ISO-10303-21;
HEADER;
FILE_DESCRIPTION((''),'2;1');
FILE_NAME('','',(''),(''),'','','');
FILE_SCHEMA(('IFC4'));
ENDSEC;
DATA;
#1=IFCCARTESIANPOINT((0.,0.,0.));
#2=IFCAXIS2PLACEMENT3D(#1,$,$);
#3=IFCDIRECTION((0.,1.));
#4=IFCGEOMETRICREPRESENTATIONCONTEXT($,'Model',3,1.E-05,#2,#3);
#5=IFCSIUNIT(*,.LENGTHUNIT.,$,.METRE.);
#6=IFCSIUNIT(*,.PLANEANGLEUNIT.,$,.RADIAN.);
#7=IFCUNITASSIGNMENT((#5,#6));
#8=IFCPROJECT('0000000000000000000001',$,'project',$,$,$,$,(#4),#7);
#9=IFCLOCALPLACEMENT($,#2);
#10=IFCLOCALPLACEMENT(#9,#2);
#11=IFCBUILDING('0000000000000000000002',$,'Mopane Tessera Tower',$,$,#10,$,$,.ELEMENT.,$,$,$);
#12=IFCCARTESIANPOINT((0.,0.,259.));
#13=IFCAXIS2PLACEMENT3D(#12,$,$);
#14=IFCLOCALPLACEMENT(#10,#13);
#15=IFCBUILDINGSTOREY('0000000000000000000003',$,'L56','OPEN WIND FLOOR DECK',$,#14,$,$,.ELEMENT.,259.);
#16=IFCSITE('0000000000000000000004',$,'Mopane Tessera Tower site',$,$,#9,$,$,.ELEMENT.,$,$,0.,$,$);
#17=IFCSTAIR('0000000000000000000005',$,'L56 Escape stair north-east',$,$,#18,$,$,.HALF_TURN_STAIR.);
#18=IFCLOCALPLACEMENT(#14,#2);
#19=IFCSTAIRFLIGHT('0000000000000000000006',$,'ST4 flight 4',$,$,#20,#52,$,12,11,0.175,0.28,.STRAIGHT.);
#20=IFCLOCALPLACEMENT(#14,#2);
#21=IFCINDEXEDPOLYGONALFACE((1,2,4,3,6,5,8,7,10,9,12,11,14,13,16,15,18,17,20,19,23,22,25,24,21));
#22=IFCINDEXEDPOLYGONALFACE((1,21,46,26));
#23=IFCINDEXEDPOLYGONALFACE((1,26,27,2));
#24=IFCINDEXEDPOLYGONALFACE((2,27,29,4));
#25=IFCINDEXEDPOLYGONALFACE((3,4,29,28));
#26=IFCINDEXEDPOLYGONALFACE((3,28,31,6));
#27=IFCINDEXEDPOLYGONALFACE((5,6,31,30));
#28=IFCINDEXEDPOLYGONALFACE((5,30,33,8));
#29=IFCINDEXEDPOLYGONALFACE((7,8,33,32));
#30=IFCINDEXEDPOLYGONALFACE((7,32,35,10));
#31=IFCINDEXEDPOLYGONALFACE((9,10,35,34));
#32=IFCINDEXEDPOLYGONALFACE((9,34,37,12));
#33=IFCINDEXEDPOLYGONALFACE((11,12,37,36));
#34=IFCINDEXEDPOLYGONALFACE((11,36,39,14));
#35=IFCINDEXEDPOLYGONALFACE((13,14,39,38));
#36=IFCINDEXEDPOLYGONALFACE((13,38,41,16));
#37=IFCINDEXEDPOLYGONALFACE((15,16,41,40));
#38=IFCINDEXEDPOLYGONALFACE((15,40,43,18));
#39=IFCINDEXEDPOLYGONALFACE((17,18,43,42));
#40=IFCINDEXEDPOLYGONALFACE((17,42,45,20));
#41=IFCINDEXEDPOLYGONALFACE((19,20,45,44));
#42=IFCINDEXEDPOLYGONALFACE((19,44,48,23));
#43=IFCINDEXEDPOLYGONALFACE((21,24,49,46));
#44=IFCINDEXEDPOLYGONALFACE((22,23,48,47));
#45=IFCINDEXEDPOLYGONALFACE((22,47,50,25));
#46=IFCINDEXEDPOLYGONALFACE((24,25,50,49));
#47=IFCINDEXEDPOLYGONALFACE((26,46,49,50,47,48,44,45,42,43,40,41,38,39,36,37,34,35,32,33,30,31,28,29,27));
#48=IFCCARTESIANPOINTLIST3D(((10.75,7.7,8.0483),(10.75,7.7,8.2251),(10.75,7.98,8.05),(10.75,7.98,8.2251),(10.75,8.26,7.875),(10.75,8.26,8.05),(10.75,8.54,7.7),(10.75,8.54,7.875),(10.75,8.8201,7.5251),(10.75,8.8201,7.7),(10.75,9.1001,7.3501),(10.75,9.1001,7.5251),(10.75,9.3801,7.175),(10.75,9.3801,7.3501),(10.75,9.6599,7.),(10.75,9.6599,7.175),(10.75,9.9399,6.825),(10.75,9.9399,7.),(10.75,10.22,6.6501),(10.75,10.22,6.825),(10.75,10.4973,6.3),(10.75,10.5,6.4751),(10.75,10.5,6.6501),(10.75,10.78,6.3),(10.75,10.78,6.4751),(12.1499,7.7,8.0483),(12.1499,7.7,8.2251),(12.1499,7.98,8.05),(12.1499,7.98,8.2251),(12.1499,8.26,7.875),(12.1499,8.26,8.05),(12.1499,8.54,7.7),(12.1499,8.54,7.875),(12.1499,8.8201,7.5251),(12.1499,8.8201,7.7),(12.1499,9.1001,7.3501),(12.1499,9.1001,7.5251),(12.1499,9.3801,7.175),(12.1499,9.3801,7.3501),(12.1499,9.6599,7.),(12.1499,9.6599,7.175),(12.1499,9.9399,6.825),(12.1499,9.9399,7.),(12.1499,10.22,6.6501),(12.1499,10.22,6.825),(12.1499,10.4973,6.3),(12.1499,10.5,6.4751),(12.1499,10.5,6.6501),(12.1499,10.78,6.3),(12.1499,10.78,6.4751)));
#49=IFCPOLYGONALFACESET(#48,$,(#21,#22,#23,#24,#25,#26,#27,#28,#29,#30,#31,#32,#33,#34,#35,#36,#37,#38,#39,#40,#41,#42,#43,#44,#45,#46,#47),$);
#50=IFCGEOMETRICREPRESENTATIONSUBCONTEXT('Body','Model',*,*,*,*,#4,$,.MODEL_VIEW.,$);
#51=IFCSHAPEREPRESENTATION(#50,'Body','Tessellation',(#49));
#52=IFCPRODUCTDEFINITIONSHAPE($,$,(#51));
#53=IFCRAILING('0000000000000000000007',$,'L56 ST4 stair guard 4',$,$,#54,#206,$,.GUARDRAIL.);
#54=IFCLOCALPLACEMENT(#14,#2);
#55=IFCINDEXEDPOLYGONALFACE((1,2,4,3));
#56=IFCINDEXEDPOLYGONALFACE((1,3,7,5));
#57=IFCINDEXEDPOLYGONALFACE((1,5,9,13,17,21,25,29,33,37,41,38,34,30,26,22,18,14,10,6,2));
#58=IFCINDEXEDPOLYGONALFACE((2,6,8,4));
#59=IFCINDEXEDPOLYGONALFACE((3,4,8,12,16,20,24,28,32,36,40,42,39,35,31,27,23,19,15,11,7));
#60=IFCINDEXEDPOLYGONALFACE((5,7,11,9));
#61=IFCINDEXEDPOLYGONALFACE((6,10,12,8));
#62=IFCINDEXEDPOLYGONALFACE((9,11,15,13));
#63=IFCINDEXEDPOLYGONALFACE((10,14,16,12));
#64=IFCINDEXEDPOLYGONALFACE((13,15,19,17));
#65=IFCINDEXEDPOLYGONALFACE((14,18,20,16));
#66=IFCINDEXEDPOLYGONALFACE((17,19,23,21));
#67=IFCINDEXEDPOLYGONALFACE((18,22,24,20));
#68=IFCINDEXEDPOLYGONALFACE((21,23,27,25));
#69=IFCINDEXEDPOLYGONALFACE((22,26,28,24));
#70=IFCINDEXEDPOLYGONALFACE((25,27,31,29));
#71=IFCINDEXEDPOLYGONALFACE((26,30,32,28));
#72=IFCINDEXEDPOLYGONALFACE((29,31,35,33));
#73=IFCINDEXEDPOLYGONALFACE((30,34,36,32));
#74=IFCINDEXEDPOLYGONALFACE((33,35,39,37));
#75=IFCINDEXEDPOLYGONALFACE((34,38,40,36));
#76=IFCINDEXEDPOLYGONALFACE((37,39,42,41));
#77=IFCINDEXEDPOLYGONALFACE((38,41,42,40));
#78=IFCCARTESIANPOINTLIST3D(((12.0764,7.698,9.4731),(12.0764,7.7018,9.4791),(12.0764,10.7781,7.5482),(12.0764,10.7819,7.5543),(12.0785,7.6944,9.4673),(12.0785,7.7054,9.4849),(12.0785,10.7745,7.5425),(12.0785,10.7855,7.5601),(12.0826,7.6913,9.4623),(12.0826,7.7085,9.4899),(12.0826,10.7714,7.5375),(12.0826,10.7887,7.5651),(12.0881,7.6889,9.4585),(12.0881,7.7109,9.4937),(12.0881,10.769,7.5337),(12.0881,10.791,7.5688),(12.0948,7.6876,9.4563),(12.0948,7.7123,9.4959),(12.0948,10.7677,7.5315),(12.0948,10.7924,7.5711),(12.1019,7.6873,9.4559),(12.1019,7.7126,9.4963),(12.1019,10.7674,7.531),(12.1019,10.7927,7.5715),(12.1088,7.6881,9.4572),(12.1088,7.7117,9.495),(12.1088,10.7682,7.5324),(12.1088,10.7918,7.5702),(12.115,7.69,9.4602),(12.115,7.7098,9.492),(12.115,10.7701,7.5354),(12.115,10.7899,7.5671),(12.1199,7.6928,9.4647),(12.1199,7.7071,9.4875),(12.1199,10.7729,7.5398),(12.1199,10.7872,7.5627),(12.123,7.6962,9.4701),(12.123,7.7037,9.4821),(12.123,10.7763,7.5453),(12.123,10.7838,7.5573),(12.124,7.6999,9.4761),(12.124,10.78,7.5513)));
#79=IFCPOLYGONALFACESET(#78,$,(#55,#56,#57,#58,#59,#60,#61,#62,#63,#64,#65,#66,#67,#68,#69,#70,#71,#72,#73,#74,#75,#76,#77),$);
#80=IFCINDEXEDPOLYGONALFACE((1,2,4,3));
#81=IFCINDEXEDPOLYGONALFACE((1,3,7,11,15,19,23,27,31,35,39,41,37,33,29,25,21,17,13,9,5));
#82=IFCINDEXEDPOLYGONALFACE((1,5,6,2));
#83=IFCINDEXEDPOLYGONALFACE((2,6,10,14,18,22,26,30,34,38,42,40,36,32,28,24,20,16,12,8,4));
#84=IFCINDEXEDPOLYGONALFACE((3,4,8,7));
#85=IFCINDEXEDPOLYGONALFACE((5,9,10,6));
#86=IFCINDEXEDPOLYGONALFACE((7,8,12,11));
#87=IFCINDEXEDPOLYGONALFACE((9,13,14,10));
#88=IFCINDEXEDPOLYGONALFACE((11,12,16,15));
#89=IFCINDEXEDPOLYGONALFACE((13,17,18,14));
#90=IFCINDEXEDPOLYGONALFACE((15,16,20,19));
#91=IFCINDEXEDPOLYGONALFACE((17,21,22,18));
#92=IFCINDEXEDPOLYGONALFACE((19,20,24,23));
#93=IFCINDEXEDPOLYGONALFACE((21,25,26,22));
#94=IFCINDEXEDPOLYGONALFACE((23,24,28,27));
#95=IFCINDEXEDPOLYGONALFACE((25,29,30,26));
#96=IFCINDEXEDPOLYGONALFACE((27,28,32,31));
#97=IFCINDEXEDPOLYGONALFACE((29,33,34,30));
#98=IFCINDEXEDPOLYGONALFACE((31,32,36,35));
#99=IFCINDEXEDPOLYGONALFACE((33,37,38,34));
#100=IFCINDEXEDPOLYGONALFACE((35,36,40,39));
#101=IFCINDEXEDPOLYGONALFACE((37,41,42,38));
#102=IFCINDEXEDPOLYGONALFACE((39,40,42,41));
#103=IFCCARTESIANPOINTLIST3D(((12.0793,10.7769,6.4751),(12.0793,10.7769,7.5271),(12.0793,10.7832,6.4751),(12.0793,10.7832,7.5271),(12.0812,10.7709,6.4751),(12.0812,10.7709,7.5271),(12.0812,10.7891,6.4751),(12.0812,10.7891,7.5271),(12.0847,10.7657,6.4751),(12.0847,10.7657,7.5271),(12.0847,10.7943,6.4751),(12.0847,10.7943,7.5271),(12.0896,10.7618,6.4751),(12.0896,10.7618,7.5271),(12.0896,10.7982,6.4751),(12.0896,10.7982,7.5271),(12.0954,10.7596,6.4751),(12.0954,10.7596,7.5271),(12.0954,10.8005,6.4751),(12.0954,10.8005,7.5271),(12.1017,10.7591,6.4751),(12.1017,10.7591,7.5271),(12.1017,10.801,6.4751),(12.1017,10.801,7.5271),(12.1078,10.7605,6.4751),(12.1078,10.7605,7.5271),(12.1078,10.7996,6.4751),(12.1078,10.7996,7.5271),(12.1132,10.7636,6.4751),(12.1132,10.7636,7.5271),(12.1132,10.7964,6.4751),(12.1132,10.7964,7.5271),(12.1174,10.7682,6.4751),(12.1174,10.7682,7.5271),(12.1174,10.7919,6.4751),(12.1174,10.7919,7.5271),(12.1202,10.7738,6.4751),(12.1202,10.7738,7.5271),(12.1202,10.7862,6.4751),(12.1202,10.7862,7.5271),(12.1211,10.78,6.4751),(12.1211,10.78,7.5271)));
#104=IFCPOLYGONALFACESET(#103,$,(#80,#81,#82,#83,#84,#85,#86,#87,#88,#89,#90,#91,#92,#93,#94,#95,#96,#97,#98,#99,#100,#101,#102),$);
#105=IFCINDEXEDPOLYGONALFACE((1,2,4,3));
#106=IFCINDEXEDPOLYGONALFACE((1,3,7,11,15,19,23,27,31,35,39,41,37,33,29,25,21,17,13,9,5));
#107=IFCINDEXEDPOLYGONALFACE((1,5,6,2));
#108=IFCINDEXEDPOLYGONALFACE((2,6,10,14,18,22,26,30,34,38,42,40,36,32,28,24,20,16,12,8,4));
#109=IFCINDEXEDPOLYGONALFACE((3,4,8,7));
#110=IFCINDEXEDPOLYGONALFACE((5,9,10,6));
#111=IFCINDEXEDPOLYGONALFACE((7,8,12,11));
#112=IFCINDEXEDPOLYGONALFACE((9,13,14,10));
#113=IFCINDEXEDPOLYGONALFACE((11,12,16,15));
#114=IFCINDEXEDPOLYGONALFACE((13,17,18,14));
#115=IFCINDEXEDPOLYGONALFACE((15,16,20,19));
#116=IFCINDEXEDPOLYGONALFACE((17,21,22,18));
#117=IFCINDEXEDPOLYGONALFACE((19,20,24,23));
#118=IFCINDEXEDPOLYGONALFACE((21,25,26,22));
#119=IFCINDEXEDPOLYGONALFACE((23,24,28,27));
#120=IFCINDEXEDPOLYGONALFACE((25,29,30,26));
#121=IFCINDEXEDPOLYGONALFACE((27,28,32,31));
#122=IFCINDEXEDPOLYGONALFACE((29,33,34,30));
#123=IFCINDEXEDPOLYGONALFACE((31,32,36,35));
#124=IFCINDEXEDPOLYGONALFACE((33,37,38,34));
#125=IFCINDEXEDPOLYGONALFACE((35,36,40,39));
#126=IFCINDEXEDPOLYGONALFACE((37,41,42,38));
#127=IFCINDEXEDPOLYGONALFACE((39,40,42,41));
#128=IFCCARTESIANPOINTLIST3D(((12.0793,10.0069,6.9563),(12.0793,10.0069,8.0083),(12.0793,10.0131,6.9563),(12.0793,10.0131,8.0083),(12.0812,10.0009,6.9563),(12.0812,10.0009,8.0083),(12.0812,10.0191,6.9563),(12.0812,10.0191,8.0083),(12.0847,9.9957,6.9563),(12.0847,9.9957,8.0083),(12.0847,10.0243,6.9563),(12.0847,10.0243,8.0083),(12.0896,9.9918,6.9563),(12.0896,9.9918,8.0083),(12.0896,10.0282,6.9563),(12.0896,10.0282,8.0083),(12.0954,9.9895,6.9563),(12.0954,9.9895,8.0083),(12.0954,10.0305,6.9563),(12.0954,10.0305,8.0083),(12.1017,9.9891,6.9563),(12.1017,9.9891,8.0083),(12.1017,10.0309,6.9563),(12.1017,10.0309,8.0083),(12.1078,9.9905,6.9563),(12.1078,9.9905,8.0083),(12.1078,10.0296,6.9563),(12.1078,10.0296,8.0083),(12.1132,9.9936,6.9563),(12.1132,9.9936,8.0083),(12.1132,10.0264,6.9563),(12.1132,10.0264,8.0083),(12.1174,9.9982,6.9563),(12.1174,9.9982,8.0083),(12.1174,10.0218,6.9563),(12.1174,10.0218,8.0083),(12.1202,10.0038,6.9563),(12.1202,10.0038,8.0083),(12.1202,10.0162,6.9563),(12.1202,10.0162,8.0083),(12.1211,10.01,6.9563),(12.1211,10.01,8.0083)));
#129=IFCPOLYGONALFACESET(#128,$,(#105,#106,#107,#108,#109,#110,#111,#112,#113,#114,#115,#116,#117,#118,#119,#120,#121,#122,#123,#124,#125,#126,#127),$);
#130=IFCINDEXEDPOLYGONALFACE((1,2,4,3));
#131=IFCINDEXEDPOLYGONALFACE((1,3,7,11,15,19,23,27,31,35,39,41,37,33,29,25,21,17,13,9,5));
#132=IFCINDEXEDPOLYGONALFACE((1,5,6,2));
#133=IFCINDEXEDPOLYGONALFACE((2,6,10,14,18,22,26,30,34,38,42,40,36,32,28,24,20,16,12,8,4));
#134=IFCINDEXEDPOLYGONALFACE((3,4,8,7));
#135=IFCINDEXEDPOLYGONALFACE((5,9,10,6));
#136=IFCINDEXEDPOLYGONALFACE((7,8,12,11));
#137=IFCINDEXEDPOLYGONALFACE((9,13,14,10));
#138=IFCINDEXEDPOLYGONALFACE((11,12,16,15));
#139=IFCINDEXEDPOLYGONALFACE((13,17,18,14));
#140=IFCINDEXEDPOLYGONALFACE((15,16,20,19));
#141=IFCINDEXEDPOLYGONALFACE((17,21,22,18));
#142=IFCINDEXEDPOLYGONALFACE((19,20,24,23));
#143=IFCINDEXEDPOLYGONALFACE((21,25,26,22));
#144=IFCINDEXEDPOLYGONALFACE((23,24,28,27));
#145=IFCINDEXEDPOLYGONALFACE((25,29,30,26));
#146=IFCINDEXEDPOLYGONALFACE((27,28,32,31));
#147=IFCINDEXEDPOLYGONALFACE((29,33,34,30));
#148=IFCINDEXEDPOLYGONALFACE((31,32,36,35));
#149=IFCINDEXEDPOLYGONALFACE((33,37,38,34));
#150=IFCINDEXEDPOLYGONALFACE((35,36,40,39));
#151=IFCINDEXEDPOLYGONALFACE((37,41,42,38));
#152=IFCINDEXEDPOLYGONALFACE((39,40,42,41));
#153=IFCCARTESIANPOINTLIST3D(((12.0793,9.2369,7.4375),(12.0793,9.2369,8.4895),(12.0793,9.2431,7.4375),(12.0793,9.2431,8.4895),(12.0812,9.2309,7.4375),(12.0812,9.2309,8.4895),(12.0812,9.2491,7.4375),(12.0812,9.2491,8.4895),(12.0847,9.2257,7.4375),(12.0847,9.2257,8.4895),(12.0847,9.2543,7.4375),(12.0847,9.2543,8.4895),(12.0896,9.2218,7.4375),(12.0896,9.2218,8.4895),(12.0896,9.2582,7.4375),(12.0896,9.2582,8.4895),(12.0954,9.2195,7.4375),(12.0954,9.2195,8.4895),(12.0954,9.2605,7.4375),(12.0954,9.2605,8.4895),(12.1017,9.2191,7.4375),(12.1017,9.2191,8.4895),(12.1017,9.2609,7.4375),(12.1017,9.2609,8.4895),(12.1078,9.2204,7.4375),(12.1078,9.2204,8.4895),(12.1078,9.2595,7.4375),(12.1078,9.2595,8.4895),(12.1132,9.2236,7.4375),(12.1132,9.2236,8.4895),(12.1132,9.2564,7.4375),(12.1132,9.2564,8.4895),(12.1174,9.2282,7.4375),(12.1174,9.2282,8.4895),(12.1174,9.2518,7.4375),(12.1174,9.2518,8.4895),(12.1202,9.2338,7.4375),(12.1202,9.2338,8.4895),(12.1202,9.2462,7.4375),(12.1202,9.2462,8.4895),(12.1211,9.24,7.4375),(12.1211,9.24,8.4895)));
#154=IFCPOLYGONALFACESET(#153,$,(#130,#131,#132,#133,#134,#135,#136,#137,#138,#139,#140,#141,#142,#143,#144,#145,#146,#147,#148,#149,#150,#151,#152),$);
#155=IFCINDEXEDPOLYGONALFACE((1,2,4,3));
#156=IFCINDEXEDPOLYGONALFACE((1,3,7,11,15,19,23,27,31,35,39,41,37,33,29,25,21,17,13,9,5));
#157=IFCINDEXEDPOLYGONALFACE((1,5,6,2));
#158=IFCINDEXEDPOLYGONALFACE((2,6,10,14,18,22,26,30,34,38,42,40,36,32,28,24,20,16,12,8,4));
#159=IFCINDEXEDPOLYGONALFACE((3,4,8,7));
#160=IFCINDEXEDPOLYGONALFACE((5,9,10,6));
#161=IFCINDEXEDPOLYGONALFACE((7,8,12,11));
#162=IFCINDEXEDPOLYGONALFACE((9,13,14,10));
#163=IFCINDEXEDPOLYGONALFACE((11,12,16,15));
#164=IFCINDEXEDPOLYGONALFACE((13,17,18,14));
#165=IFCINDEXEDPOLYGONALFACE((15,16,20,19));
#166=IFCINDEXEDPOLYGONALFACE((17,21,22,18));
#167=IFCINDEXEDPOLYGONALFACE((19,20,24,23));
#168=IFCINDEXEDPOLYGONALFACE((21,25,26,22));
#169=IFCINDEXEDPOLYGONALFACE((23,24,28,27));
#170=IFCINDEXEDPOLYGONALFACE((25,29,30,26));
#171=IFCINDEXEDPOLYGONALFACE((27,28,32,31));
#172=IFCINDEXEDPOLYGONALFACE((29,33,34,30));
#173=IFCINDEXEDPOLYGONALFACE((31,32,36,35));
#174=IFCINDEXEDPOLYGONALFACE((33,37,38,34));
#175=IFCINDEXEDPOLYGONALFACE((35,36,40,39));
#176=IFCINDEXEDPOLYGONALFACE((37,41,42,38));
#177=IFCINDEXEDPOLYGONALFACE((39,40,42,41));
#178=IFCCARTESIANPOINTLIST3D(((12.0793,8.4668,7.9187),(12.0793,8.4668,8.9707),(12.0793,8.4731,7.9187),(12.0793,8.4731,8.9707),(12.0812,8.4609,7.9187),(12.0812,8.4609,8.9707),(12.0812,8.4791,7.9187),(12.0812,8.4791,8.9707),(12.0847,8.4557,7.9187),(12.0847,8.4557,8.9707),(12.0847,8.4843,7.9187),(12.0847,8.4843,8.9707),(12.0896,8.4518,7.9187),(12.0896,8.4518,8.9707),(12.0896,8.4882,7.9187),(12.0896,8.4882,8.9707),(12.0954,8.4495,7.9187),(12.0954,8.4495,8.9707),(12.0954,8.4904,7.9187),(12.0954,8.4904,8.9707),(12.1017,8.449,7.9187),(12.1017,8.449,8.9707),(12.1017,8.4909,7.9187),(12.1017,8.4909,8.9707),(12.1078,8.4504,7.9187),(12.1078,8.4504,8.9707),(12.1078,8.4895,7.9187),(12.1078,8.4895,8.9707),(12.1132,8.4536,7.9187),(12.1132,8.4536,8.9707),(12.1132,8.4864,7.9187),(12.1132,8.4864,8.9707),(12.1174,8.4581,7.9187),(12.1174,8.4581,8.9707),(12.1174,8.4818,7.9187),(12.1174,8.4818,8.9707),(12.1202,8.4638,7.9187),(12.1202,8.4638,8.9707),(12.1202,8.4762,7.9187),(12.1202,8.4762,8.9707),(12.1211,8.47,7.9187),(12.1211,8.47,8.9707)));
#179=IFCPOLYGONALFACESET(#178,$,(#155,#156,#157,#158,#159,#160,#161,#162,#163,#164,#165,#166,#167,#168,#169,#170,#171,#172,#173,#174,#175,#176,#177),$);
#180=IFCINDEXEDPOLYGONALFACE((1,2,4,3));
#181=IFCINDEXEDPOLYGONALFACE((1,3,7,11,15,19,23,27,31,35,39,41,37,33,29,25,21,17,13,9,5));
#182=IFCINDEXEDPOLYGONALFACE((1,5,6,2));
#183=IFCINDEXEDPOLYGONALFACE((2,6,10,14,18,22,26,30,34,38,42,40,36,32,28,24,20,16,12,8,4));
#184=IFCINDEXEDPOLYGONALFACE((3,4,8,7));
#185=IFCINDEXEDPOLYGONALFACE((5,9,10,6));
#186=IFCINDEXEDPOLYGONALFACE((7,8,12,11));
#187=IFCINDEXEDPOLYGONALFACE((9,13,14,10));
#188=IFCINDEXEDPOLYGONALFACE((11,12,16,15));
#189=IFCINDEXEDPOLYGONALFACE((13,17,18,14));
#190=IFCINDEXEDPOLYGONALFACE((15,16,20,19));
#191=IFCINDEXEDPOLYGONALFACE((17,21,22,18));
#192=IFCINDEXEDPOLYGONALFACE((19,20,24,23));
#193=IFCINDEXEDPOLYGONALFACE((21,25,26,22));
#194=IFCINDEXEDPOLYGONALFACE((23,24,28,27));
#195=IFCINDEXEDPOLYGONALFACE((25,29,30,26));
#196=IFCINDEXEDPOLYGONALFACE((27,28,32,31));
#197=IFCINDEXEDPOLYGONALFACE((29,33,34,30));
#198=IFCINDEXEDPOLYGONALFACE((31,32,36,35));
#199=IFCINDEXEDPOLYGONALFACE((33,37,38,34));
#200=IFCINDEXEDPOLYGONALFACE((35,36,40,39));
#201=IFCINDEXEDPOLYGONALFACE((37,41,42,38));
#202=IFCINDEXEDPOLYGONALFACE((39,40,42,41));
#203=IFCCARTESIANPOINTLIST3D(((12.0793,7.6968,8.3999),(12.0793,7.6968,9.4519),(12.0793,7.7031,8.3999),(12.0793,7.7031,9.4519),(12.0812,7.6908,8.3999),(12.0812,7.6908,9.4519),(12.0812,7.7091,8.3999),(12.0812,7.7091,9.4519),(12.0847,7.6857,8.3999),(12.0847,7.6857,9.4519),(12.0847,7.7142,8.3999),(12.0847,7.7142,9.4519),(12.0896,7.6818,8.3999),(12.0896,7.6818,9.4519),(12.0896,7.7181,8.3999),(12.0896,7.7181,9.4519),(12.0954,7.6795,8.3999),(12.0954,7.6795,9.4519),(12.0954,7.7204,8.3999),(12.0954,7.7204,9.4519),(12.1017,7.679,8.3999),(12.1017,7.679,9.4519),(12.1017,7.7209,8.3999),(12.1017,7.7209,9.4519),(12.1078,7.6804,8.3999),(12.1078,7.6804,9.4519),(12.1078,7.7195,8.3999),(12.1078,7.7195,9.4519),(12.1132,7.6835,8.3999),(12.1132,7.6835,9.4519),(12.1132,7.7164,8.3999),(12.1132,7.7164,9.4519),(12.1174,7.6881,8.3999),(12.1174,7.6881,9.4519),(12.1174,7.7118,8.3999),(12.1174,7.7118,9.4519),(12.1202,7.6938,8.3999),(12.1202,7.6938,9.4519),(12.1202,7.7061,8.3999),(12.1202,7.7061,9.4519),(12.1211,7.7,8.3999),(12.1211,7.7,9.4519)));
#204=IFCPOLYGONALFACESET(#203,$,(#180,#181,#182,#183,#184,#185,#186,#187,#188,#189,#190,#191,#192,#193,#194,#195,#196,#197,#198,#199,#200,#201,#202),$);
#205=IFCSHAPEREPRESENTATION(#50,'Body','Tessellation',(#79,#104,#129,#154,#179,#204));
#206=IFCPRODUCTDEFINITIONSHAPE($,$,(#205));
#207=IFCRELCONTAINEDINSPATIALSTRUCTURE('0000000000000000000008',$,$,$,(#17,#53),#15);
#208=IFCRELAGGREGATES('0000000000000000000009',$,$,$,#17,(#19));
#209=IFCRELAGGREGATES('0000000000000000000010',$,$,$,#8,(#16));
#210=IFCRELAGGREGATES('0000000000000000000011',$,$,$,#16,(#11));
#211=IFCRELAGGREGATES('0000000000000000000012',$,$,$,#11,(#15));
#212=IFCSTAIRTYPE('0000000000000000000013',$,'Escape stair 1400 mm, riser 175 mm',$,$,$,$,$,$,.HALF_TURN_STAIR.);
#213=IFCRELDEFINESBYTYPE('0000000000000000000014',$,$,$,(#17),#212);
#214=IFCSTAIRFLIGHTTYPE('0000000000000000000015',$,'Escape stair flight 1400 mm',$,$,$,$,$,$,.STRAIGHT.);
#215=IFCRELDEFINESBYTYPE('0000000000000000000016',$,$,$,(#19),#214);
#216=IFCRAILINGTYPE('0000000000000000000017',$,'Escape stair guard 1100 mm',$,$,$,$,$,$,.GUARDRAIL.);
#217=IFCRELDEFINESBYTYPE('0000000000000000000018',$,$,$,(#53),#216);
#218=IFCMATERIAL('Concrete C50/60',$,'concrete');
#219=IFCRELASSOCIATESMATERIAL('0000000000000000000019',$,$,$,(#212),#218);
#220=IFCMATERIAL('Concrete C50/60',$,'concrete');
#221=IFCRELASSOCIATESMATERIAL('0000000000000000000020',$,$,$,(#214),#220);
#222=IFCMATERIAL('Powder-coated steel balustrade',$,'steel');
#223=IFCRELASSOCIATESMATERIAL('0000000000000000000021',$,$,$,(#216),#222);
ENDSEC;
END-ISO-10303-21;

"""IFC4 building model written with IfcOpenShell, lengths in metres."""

from ifc_helpers import new_model, si_unit, direction, frame, origin, origin_2d, place, context, subcontext, project, spatial, polyline, circle, outline, extrude, material, type_object, element, aggregate, save


model = new_model("IFC4")

# Units and contexts
model_context = context("Model", 3, precision=1e-05, world=origin(), true_north=direction((0.0, 1.0)))
body_context = subcontext(model_context, "Body", "Model", "MODEL_VIEW")
ifc_project = project(units=[si_unit("LENGTHUNIT", "METRE"), si_unit("PLANEANGLEUNIT", "RADIAN")], contexts=[model_context])

# Site, building, storey
site_placement = place(None, origin())
site = spatial("IfcSite", under=ifc_project, at=site_placement, Name="Mopane Tessera Tower site", CompositionType="ELEMENT", RefElevation=0.0)
building_placement = place(site_placement, origin())
building = spatial("IfcBuilding", under=site, at=building_placement, Name="Mopane Tessera Tower", CompositionType="ELEMENT")
storey_placement = place(building_placement, frame((0.0, 0.0, 259.0)))
storey = spatial("IfcBuildingStorey", under=building, at=storey_placement, Name="L56", Description="OPEN WIND FLOOR DECK", CompositionType="ELEMENT", Elevation=259.0)

# Stair, stair flight
ifc_material_1 = material(Name="Concrete C50/60", Category="concrete")
stair_type = type_object("IfcStairType", Name="Escape stair 1400 mm, riser 175 mm", PredefinedType="HALF_TURN_STAIR", material=ifc_material_1)
stair_placement = place(storey_placement, origin())
stair = element("IfcStair", 1, at=stair_placement, inside=storey, type_object=stair_type, Name="L56 Escape stair north-east", PredefinedType="HALF_TURN_STAIR")
ifc_material_2 = material(Name="Concrete C50/60", Category="concrete")
stair_flight_type = type_object("IfcStairFlightType", Name="Escape stair flight 1400 mm", PredefinedType="STRAIGHT", material=ifc_material_2)
stair_flight_1_placement = place(storey_placement, frame((11.45, 10.78, 6.3), z_axis=(0.0, 0.0, 1.0), x_axis=(0.0, -1.0, 0.0)))
stair_flight_1 = element("IfcStairFlight", 2, at=stair_flight_1_placement, type_object=stair_flight_type, Name="ST4 flight 4", NumberOfRisers=12, NumberOfTreads=11, PredefinedType="STRAIGHT", RiserHeight=0.175, TreadLength=0.28, context=body_context, shape_type="SweptSolid", body=[
    extrude(outline(polyline([(0.0, 0.0), (0.0, 0.175), (0.28, 0.175), (0.28, 0.3501), (0.5601, 0.3501), (0.5601, 0.5249), (0.8401, 0.5249), (0.8401, 0.7), (1.1201, 0.7), (1.1201, 0.875), (1.3999, 0.875), (1.3999, 1.05), (1.6799, 1.05), (1.6799, 1.2251), (1.96, 1.2251), (1.96, 1.3999), (2.24, 1.3999), (2.24, 1.575), (2.52, 1.575), (2.52, 1.75), (2.8, 1.75), (2.8, 1.925), (3.0801, 1.925), (3.0801, 2.1001), (3.0801, 1.7483), (0.2827, 0.0), (0.0, 0.0)])), frame((0.0, 0.7, 0.0), z_axis=(0.0, -1.0, 0.0), x_axis=(1.0, 0.0, 0.0)), (0.0, 0.0, 1.0), 1.3999),
])
aggregate(stair, [stair_flight_1])

# Railing
ifc_material_3 = material(Name="Powder-coated steel balustrade", Category="steel")
railing_type_1 = type_object("IfcRailingType", Name="Escape stair guard 1100 mm", PredefinedType="GUARDRAIL", material=ifc_material_3)
railing_1_placement = place(storey_placement, frame((12.1001, 10.78, 6.4751)))
element("IfcRailing", 3, at=railing_1_placement, inside=storey, type_object=railing_type_1, Name="L56 ST4 stair guard 4", PredefinedType="GUARDRAIL", context=body_context, shape_type="SweptSolid", body=[
    extrude(circle(Radius=0.0239, at=origin_2d()), frame((0.0, 0.0, 1.0762), z_axis=(0.0, -0.848029, 0.529951), x_axis=(1.0, 0.0, 0.0)), (0.0, 0.0, 1.0), 3.6321),
    extrude(circle(Radius=0.021, at=origin_2d()), origin(), (0.0, 0.0, 1.0), 1.052),
    extrude(circle(Radius=0.021, at=origin_2d()), frame((0.0, -0.77, 0.4812)), (0.0, 0.0, 1.0), 1.052),
    extrude(circle(Radius=0.021, at=origin_2d()), frame((0.0, -1.54, 0.9624)), (0.0, 0.0, 1.0), 1.052),
    extrude(circle(Radius=0.021, at=origin_2d()), frame((0.0, -2.3101, 1.4436)), (0.0, 0.0, 1.0), 1.052),
    extrude(circle(Radius=0.021, at=origin_2d()), frame((0.0, -3.0801, 1.9248)), (0.0, 0.0, 1.0), 1.052),
])

save(model, "model.ifc")
